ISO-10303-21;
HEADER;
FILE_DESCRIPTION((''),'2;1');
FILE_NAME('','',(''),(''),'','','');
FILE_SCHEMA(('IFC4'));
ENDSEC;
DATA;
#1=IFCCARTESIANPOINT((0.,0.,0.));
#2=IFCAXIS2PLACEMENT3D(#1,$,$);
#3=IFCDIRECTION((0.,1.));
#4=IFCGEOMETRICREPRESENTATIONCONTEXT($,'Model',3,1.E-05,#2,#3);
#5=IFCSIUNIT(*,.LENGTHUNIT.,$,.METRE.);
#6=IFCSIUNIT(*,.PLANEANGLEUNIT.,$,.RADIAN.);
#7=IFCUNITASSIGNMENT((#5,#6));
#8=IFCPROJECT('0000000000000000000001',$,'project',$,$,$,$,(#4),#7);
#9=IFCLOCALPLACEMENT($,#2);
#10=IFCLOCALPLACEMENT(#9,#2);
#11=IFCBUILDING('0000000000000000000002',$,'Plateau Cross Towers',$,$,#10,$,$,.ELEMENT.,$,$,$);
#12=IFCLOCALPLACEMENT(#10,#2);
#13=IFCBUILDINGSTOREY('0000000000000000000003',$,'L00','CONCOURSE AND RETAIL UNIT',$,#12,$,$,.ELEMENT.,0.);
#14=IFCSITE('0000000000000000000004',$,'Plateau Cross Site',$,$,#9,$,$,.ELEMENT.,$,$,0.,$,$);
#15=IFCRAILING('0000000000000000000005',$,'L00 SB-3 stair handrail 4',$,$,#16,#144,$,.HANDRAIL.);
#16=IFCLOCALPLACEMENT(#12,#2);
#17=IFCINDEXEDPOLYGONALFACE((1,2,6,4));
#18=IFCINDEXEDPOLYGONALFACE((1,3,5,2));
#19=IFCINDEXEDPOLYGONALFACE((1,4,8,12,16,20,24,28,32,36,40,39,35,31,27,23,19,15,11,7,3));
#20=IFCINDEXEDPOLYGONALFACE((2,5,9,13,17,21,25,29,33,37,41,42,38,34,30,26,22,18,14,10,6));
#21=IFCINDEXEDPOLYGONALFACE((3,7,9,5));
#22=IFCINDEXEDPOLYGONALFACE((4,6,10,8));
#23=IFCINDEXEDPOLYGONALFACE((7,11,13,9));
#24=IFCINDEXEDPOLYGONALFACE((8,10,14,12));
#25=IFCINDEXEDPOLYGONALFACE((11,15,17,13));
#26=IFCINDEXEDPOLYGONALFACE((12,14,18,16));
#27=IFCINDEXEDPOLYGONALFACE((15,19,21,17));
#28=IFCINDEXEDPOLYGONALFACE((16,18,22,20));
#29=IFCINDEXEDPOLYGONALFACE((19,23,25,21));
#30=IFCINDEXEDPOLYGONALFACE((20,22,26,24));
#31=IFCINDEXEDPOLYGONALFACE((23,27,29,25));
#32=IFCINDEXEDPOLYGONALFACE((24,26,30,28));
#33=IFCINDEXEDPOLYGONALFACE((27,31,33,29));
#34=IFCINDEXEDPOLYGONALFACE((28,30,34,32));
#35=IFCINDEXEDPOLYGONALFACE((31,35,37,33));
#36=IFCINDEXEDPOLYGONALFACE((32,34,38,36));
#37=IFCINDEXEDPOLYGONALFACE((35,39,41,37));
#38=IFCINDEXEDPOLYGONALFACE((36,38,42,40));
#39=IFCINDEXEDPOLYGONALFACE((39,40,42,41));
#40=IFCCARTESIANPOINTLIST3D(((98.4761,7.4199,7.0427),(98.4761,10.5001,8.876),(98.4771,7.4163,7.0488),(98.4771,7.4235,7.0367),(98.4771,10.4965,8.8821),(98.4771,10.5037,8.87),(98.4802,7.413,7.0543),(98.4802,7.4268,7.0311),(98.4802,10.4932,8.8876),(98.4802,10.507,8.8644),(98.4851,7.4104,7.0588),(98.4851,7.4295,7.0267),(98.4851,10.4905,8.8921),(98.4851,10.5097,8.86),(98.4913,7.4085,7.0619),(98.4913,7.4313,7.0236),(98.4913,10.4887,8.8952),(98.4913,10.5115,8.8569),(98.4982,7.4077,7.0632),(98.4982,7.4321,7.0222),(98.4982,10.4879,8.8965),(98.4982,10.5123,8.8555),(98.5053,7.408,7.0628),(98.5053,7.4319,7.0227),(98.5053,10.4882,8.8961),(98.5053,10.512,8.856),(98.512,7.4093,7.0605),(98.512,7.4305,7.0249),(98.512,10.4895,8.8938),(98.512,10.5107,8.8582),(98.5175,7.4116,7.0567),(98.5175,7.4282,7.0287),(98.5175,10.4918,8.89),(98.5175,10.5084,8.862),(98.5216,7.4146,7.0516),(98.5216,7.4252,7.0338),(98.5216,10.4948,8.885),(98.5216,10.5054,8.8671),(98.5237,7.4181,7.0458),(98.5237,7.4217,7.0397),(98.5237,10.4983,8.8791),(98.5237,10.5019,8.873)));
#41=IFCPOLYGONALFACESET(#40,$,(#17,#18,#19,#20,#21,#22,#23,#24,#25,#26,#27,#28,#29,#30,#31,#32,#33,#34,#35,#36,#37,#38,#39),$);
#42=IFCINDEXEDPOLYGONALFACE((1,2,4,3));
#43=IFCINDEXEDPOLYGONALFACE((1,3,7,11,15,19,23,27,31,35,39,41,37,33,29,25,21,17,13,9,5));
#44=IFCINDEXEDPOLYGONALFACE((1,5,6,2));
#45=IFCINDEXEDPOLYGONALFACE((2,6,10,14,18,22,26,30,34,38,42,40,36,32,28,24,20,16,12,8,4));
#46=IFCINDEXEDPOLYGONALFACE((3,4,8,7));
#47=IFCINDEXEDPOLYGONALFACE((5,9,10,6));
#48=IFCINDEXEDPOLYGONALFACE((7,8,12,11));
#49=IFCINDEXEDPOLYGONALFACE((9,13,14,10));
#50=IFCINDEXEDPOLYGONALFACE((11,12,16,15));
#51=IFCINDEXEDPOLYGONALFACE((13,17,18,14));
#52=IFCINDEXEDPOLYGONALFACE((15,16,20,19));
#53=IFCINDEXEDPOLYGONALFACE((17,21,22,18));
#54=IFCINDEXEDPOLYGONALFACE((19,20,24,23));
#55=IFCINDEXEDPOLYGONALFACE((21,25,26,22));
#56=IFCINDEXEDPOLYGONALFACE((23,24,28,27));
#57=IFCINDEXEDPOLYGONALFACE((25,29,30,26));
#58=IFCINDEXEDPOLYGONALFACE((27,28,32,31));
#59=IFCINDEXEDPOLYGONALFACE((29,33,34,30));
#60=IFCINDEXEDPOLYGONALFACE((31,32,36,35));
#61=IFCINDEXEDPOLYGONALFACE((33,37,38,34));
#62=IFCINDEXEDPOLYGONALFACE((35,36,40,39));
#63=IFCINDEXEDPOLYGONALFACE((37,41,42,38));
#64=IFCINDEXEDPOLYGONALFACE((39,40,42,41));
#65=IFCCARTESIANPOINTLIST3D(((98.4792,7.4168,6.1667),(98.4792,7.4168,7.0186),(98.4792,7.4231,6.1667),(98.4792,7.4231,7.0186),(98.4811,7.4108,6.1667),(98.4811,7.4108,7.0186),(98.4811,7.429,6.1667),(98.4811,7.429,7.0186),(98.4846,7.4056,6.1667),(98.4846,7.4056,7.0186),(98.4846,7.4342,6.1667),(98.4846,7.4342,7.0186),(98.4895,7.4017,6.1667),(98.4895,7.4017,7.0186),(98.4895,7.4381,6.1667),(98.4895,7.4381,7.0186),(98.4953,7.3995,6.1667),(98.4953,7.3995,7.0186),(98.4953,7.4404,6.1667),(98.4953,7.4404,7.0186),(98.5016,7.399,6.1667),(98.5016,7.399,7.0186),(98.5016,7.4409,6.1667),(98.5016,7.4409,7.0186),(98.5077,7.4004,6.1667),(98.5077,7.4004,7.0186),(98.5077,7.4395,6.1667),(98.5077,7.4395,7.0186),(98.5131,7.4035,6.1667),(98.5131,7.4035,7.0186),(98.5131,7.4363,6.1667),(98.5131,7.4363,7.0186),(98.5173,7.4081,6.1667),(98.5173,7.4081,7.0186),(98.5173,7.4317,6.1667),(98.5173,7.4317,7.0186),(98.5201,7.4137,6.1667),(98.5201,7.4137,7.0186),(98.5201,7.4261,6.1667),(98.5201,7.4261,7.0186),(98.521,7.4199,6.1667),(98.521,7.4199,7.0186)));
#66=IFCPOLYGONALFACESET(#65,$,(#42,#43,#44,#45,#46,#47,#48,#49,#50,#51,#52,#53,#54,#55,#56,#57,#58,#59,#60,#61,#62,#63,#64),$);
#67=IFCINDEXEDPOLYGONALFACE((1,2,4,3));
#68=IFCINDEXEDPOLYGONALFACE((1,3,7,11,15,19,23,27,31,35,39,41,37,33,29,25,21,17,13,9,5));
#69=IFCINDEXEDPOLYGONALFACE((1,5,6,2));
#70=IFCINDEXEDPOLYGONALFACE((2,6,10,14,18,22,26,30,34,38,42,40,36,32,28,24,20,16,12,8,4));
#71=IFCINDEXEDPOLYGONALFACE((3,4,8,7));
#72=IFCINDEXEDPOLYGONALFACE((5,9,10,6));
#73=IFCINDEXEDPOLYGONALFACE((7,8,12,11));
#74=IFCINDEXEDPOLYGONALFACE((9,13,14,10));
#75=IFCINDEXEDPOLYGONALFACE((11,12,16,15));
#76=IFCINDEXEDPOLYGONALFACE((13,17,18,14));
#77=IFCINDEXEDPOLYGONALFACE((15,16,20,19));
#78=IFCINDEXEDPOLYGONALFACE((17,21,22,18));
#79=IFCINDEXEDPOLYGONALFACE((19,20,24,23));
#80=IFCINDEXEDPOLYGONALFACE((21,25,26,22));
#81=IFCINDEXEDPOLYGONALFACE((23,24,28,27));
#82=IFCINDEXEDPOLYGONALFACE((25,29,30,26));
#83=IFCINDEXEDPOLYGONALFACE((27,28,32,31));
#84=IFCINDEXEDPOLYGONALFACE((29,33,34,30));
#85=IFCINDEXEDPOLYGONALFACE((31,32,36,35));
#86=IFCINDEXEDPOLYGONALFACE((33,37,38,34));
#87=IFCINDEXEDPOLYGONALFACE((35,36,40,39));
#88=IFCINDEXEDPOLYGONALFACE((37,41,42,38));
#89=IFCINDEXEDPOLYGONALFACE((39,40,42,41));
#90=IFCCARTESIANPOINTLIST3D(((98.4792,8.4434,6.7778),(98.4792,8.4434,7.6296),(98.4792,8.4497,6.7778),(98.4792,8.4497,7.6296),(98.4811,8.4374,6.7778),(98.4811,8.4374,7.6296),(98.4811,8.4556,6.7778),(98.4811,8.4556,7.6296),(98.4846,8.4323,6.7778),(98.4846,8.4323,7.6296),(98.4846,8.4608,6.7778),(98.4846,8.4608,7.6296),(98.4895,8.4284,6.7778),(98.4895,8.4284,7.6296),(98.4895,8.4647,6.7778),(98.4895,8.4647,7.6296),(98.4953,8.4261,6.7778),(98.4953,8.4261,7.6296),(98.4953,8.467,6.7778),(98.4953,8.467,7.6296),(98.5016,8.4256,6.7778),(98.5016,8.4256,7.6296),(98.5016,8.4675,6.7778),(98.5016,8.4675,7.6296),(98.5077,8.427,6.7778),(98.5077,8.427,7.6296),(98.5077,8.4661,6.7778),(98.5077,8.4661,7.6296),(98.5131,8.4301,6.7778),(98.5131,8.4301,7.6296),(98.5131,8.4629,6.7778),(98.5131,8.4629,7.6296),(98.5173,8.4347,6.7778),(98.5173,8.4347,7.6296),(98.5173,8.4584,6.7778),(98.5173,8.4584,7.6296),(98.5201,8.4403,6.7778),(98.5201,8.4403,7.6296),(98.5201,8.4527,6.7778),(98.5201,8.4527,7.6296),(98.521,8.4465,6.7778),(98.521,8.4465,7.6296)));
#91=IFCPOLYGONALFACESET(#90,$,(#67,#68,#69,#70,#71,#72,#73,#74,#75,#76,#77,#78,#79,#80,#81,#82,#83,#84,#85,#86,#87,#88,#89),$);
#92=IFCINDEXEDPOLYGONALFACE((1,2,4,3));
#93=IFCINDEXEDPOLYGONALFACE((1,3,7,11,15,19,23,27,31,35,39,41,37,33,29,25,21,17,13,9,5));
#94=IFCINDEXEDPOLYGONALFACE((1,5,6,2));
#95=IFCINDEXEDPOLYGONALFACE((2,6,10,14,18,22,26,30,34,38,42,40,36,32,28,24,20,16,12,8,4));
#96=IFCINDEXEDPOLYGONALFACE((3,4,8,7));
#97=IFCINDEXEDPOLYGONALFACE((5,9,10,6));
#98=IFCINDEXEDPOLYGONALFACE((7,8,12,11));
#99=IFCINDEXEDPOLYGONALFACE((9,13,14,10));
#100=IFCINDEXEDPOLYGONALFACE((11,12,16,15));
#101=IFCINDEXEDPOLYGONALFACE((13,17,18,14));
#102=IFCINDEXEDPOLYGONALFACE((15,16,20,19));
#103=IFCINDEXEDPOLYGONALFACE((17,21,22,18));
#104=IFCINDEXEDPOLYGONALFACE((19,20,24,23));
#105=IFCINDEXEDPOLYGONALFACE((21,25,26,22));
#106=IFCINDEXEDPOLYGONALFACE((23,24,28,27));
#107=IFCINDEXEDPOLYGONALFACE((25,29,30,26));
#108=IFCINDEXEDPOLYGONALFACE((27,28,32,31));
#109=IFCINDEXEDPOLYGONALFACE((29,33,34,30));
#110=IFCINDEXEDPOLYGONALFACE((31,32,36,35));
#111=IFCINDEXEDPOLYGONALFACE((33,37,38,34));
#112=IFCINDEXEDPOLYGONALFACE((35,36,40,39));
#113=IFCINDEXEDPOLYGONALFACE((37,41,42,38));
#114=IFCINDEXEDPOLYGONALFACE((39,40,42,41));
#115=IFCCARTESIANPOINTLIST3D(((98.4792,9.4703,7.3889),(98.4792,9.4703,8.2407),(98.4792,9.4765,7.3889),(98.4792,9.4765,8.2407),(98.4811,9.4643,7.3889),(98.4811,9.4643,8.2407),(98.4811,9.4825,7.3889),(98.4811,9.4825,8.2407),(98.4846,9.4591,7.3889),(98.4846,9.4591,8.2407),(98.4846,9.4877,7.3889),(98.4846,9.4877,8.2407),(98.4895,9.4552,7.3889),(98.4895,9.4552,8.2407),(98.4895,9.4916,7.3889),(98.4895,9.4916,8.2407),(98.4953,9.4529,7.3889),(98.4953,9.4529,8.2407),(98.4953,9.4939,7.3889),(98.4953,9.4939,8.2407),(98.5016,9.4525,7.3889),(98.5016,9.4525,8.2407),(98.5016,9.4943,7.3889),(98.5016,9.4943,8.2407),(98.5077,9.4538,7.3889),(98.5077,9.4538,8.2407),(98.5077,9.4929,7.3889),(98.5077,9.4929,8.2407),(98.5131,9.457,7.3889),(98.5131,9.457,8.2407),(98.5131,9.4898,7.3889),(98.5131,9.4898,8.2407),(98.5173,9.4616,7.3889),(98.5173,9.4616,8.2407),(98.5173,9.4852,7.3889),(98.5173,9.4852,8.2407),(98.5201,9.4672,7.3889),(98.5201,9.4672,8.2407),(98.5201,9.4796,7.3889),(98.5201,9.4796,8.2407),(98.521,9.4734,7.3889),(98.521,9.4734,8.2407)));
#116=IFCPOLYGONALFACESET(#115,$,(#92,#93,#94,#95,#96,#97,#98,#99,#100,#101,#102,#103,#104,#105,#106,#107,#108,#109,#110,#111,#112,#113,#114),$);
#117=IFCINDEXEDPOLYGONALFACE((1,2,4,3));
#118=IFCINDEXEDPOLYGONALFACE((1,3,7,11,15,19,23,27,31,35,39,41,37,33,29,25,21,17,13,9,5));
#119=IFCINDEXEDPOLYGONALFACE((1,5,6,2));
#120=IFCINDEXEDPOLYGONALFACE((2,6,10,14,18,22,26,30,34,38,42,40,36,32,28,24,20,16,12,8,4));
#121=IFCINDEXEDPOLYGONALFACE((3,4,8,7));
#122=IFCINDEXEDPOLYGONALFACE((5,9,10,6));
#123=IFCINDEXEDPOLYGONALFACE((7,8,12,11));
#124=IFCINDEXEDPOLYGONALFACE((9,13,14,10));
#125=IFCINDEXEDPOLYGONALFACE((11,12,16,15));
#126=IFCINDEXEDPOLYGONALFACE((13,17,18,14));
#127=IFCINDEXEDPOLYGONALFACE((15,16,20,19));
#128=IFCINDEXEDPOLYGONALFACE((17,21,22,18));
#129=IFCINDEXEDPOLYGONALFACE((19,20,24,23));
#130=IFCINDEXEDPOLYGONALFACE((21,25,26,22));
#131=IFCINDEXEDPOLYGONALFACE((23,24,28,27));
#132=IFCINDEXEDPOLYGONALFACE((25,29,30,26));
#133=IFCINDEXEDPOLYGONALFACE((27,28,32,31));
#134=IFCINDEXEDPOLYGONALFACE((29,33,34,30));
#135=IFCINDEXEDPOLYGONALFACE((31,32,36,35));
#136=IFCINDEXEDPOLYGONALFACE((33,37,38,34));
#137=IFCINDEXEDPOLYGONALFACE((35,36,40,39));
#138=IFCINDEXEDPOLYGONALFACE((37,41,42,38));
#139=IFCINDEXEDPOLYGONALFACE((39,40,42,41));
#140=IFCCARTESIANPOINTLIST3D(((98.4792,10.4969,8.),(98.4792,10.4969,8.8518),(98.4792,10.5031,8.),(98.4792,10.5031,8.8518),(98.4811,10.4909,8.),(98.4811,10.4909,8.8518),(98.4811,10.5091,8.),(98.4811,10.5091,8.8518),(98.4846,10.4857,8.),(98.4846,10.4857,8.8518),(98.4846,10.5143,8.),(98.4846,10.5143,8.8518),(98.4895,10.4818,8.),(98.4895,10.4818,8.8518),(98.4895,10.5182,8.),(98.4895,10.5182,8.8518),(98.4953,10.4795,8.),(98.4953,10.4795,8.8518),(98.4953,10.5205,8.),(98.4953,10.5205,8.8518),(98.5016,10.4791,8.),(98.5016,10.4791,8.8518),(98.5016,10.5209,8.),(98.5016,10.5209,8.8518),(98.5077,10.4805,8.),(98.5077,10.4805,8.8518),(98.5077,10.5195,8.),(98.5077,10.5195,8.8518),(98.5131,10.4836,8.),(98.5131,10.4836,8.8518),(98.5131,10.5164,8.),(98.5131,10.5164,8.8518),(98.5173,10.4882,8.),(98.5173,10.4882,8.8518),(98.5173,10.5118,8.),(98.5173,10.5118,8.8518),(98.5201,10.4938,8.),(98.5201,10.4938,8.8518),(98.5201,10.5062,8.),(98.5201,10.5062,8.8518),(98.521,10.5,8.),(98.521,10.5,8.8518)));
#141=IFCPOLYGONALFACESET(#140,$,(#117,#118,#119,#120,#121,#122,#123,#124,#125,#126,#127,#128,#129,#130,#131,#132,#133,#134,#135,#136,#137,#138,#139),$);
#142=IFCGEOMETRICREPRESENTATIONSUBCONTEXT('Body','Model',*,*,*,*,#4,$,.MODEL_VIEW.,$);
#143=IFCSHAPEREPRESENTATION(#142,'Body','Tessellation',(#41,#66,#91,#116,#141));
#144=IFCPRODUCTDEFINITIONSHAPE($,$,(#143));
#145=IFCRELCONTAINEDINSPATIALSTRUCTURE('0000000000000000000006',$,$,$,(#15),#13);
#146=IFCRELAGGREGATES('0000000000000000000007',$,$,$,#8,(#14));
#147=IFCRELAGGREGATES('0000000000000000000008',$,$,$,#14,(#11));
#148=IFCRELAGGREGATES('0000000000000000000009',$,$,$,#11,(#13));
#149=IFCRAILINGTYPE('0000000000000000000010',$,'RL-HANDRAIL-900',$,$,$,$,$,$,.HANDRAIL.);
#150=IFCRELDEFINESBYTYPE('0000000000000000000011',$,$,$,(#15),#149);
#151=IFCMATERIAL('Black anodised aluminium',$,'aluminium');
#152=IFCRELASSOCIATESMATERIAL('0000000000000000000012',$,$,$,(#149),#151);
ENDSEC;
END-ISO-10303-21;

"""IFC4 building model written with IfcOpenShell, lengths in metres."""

from ifc_helpers import new_model, si_unit, direction, frame, origin, origin_2d, place, context, subcontext, project, spatial, circle, extrude, material, type_object, element, save


model = new_model("IFC4")

# Units and contexts
model_context = context("Model", 3, precision=1e-05, world=origin(), true_north=direction((0.0, 1.0)))
body_context = subcontext(model_context, "Body", "Model", "MODEL_VIEW")
ifc_project = project(units=[si_unit("LENGTHUNIT", "METRE"), si_unit("PLANEANGLEUNIT", "RADIAN")], contexts=[model_context])

# Site, building, storey
site_placement = place(None, origin())
site = spatial("IfcSite", under=ifc_project, at=site_placement, Name="Plateau Cross Site", CompositionType="ELEMENT", RefElevation=0.0)
building_placement = place(site_placement, origin())
building = spatial("IfcBuilding", under=site, at=building_placement, Name="Plateau Cross Towers", CompositionType="ELEMENT")
storey_placement = place(building_placement, origin())
storey = spatial("IfcBuildingStorey", under=building, at=storey_placement, Name="L00", Description="CONCOURSE AND RETAIL UNIT", CompositionType="ELEMENT", Elevation=0.0)

# Shared definitions
ifc_material_1 = material(Name="Black anodised aluminium", Category="aluminium")

# Railing
railing_type_1 = type_object("IfcRailingType", Name="RL-HANDRAIL-900", PredefinedType="HANDRAIL", material=ifc_material_1)
for number, where, name in (
    (1, (98.5, 7.4199, 6.1667), "L00 SB-3 stair handrail 4"),
):
    element("IfcRailing", number, at=place(storey_placement, frame(where)), inside=storey, type_object=railing_type_1, Name=name, PredefinedType="HANDRAIL", context=body_context, shape_type="SweptSolid", body=[
        extrude(circle(Radius=0.0239, at=origin_2d()), frame((0.0, 0.0, 0.876), z_axis=(0.0, 0.859309, 0.511458), x_axis=(-1.0, 0.0, 0.0)), (0.0, 0.0, 1.0), 3.5845),
        extrude(circle(Radius=0.021, at=origin_2d()), origin(), (0.0, 0.0, 1.0), 0.8518),
        extrude(circle(Radius=0.021, at=origin_2d()), frame((0.0, 1.0266, 0.6111)), (0.0, 0.0, 1.0), 0.8518),
        extrude(circle(Radius=0.021, at=origin_2d()), frame((0.0, 2.0535, 1.2222)), (0.0, 0.0, 1.0), 0.8518),
        extrude(circle(Radius=0.021, at=origin_2d()), frame((0.0, 3.0801, 1.8333)), (0.0, 0.0, 1.0), 0.8518),
    ])

save(model, "model.ifc")
